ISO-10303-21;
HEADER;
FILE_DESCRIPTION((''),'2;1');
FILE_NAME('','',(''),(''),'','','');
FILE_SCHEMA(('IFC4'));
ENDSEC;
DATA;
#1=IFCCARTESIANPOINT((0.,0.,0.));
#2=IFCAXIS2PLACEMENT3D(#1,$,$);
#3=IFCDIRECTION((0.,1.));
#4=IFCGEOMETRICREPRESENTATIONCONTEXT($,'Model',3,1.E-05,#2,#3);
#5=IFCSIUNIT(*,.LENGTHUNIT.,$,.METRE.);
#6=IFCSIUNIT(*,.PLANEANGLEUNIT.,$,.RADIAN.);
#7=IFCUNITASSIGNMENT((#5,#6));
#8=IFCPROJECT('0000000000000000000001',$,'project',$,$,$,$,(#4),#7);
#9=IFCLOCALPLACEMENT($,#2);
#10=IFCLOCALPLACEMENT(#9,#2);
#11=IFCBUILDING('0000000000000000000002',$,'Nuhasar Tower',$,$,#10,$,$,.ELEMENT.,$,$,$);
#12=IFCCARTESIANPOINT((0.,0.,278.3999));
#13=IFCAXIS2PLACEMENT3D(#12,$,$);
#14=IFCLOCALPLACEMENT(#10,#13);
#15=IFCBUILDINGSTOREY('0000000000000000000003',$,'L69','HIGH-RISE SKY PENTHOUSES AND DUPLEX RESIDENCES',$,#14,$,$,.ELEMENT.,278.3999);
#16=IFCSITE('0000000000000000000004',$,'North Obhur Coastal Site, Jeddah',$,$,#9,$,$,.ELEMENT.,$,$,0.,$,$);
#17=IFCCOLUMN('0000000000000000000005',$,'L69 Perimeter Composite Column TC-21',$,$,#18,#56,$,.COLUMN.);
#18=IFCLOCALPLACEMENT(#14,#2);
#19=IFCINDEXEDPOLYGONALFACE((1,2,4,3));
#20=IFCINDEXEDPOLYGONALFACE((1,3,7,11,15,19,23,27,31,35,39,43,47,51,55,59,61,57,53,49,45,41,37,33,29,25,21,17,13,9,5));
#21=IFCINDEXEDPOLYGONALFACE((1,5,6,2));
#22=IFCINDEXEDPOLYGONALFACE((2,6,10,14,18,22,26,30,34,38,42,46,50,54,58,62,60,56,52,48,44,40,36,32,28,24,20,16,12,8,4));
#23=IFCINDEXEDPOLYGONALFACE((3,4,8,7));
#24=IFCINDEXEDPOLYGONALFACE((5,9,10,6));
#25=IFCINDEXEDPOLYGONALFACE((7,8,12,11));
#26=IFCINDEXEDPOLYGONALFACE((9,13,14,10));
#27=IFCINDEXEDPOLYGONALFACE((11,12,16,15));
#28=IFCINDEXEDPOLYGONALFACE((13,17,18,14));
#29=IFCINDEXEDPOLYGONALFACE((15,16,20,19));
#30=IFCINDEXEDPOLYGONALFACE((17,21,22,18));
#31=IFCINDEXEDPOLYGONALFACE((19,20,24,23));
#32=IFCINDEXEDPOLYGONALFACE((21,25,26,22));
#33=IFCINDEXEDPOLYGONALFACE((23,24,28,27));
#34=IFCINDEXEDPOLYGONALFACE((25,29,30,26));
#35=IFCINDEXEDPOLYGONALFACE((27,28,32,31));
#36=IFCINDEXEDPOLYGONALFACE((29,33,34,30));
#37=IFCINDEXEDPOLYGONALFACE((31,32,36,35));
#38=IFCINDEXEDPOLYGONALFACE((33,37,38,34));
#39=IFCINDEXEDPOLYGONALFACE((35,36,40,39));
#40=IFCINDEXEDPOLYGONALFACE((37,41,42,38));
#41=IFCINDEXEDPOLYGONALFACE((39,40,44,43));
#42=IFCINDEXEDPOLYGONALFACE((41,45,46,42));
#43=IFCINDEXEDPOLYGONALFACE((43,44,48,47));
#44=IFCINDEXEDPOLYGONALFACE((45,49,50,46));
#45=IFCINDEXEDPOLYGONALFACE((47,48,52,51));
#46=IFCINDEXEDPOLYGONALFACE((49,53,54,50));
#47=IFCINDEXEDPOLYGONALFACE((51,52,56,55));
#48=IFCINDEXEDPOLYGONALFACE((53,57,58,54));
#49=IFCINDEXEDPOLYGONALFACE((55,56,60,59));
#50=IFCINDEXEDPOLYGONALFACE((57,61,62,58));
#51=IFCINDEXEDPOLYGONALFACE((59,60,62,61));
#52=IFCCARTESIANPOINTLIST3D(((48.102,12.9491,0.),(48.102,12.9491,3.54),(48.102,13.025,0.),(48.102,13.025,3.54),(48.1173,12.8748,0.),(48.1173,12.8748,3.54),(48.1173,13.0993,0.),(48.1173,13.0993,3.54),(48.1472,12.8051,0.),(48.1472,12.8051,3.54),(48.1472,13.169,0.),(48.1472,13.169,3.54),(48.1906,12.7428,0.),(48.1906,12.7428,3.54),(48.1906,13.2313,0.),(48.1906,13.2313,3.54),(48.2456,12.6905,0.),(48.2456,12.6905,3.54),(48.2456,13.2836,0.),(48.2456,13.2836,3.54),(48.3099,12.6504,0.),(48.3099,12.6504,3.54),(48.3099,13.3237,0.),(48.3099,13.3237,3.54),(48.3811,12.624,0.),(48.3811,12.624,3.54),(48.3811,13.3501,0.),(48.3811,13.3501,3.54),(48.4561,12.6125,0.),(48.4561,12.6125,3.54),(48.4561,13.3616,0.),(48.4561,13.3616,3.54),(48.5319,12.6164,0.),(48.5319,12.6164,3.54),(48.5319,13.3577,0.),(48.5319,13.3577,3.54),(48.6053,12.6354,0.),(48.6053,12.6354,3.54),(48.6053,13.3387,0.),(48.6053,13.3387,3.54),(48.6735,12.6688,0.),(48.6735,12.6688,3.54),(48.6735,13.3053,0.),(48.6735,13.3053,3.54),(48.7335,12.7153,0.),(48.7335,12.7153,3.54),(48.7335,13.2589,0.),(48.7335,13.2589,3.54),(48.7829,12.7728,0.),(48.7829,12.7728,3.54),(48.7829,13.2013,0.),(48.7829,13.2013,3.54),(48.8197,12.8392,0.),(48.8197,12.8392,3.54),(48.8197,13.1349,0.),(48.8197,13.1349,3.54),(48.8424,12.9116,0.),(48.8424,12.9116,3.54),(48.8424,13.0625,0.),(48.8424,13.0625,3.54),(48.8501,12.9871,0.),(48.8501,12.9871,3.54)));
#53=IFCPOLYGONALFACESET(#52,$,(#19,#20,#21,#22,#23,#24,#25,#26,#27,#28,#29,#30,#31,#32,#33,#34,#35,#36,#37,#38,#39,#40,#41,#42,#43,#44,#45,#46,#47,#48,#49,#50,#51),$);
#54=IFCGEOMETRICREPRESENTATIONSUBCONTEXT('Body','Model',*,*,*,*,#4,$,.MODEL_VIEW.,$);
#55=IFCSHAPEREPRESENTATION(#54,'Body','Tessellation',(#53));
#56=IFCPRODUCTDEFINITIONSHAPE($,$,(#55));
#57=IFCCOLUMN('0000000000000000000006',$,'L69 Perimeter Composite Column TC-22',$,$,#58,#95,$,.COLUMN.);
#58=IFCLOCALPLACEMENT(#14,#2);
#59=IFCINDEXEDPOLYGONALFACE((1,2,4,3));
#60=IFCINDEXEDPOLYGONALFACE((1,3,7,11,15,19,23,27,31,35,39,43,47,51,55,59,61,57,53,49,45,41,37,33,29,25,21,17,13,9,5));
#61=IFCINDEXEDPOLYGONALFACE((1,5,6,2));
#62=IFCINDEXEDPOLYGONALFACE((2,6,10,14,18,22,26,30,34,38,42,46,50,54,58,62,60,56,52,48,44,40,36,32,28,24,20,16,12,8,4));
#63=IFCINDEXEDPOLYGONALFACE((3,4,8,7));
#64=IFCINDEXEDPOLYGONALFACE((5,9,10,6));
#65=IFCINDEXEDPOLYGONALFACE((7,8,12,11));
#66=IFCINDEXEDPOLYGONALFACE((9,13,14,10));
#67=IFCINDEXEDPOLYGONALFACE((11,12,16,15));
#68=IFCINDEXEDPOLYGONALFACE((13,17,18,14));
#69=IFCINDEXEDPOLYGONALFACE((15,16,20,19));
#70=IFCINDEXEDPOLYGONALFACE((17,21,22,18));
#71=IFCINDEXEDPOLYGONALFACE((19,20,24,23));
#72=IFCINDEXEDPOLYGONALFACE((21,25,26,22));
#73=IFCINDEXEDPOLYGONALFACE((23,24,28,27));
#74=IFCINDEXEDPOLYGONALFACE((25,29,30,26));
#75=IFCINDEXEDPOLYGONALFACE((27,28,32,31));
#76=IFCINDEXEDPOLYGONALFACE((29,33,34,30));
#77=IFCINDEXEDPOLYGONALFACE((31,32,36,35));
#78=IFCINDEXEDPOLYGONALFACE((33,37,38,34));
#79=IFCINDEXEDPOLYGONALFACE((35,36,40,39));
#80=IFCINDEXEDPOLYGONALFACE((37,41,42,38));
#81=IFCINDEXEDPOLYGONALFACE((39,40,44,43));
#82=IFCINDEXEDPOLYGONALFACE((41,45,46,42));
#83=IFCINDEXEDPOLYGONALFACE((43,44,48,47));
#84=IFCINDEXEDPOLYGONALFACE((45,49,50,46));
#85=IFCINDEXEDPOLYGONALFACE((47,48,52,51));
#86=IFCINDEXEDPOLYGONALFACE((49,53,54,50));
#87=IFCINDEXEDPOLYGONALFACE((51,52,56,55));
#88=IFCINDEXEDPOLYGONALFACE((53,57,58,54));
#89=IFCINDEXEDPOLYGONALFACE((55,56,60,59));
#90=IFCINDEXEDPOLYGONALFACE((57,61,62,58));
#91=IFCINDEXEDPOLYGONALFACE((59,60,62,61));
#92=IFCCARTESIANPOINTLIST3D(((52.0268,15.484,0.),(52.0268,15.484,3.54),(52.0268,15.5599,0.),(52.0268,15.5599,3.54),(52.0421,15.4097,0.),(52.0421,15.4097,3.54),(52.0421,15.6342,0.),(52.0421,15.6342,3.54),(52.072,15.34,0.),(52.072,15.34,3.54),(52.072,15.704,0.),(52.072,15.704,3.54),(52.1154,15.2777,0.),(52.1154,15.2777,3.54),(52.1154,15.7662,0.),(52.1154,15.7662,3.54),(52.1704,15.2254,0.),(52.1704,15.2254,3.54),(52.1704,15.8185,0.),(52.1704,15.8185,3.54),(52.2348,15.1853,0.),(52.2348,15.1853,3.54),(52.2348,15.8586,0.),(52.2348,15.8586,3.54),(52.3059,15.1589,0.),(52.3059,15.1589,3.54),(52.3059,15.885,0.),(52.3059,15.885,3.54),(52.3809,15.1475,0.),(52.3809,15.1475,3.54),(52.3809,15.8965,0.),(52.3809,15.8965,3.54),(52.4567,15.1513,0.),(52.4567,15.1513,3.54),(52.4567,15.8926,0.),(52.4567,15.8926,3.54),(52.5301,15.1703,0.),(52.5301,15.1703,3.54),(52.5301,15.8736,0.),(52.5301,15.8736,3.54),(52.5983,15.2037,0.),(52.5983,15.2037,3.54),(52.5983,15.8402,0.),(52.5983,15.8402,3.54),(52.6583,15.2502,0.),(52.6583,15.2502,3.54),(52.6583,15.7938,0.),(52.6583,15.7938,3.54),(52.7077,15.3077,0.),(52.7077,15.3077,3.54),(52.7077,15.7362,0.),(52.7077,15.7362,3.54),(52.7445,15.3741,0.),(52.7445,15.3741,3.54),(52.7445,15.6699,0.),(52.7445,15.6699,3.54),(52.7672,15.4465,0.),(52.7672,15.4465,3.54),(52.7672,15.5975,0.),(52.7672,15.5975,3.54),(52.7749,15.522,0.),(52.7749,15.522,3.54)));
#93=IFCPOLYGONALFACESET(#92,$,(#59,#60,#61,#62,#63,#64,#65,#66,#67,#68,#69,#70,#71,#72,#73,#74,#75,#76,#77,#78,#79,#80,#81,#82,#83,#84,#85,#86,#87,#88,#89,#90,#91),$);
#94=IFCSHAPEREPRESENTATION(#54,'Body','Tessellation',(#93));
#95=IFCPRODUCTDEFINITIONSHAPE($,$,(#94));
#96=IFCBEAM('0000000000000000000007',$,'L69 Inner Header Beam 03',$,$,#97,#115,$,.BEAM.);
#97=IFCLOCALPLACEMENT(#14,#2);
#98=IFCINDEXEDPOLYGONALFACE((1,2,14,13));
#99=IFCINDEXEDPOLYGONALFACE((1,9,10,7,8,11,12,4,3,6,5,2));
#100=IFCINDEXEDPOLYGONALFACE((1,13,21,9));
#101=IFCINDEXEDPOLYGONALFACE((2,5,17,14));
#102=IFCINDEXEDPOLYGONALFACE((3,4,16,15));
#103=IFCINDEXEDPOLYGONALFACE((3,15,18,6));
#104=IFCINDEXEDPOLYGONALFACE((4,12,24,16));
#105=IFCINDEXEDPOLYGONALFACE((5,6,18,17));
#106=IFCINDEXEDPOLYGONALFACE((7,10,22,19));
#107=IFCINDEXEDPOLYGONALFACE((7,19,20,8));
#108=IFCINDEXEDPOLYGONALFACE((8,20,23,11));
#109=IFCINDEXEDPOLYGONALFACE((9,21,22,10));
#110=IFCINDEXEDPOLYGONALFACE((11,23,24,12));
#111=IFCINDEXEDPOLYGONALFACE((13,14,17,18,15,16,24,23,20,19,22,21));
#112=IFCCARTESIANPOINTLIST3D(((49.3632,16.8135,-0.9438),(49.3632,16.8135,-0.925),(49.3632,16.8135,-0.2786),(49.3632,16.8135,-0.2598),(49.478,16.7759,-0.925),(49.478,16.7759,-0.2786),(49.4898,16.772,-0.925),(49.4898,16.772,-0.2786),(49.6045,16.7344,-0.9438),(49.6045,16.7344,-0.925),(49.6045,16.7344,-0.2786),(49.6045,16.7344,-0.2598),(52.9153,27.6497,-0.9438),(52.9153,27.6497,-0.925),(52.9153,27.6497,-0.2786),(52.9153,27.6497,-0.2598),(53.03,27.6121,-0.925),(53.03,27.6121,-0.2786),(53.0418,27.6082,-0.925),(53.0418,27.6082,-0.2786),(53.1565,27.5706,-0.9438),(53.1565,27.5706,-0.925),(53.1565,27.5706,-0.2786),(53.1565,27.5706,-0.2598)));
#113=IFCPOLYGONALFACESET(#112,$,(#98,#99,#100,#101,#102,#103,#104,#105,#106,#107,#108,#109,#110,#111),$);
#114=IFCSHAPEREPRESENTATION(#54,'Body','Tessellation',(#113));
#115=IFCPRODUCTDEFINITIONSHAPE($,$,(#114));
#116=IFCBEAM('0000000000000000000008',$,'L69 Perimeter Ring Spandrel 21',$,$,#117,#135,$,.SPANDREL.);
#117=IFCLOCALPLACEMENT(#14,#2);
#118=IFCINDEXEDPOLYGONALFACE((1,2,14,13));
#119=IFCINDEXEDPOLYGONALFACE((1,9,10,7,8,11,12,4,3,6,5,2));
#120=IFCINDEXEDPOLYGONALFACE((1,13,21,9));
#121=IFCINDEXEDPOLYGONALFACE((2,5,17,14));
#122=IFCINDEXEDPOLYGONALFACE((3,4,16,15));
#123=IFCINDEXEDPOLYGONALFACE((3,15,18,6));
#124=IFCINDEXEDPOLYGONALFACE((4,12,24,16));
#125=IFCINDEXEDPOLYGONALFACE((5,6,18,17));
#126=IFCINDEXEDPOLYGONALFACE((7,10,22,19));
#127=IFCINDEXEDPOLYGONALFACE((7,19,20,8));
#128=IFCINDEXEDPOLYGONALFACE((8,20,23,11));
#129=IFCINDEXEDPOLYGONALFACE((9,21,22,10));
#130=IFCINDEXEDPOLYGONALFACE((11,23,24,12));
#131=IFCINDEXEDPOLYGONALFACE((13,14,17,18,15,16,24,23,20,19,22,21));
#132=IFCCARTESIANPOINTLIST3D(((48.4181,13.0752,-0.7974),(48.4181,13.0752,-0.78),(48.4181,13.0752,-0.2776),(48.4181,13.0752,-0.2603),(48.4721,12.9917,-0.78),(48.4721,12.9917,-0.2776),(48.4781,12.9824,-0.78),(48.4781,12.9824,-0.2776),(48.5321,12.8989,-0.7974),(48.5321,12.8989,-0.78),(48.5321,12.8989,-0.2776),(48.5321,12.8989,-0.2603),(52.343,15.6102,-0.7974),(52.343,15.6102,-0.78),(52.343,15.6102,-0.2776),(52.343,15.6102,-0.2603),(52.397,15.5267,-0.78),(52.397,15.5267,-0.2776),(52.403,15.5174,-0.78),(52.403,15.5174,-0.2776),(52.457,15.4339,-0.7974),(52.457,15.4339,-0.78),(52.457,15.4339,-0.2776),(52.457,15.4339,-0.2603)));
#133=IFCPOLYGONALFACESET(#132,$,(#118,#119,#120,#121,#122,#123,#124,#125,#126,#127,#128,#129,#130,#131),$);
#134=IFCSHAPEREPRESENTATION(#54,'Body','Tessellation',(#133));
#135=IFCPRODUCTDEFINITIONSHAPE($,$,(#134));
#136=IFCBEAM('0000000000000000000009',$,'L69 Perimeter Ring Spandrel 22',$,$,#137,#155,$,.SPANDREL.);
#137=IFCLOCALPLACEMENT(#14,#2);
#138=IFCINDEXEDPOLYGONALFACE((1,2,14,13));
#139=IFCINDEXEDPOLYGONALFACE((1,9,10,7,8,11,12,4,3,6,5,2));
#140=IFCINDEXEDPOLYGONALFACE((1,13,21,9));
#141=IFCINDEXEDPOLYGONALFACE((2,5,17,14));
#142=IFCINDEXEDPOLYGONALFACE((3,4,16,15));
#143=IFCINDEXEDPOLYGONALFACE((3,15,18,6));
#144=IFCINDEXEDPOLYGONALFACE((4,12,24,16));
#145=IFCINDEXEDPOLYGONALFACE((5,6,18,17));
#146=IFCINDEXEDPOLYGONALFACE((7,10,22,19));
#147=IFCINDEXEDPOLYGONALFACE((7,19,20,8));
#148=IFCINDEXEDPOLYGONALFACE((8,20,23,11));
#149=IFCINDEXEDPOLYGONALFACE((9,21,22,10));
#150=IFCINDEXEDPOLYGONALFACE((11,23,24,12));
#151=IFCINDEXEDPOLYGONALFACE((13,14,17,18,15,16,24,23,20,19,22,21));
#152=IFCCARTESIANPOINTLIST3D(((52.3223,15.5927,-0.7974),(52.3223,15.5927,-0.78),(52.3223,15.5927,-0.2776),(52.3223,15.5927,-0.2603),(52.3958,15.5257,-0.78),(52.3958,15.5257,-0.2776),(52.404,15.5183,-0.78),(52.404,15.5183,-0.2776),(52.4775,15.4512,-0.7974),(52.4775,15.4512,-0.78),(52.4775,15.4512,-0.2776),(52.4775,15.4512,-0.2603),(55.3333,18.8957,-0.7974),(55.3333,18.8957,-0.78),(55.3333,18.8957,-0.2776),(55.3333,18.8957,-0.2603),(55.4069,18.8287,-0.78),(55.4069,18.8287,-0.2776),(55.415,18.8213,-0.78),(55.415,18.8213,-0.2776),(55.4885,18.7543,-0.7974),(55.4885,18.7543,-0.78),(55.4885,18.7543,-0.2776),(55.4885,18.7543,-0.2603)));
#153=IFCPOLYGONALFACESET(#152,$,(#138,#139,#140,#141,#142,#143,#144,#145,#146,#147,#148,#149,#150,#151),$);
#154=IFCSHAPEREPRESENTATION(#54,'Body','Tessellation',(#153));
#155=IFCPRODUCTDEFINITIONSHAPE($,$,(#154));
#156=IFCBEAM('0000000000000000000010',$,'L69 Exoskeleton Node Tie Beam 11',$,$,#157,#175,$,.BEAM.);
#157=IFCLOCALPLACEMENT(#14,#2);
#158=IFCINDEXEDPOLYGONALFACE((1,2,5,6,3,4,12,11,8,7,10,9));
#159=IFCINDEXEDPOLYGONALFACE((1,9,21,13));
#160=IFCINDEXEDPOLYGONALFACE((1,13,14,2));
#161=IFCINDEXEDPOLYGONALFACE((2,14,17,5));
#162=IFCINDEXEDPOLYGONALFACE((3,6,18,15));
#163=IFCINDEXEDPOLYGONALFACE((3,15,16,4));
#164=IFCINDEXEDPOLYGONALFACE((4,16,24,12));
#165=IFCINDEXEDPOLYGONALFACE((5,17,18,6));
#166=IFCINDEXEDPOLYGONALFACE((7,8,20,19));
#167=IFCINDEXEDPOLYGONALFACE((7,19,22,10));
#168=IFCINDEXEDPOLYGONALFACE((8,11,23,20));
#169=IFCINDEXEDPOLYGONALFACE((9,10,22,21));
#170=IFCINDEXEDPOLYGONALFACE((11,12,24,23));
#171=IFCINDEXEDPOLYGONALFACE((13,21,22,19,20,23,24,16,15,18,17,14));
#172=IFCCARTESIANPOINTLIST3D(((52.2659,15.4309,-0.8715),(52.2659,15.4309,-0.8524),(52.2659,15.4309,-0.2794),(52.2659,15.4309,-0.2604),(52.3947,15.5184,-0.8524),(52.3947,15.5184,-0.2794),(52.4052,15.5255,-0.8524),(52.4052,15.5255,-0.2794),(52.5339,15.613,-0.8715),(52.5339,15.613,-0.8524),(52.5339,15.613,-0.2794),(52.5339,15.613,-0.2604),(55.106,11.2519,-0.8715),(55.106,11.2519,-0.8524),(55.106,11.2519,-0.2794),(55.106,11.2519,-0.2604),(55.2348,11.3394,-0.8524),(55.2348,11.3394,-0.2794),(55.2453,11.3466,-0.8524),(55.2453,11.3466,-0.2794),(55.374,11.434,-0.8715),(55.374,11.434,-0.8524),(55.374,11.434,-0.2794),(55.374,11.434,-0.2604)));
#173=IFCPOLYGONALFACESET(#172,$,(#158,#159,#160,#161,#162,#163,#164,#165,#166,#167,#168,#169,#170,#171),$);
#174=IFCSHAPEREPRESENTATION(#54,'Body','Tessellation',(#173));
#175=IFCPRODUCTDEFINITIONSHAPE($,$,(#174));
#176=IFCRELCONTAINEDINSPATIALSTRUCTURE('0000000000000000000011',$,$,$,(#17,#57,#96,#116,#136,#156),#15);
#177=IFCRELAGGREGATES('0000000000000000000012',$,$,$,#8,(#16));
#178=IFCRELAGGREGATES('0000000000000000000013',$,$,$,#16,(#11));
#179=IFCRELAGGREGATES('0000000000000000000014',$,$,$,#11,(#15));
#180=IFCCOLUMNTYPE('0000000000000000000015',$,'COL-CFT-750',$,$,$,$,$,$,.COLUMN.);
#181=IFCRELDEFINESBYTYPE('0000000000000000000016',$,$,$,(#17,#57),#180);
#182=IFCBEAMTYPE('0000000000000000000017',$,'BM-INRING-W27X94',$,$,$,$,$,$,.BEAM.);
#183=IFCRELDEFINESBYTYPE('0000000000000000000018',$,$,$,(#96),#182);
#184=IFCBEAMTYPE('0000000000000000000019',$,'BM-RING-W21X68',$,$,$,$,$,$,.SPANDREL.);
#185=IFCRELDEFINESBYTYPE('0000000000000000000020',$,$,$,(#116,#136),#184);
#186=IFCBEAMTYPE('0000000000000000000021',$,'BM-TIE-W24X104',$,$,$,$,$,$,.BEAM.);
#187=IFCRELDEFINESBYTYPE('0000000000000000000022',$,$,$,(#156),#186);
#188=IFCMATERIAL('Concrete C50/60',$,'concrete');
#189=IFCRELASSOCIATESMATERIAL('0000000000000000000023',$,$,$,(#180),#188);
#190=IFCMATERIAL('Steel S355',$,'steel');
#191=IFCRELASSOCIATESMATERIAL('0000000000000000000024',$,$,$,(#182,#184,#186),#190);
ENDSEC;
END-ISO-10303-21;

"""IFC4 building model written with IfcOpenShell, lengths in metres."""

from ifc_helpers import new_model, si_unit, direction, frame, origin, origin_2d, place, context, subcontext, project, spatial, circle, i_section, extrude, material, material_profile, profile_set, type_object, element, save


model = new_model("IFC4")

# Units and contexts
model_context = context("Model", 3, precision=1e-05, world=origin(), true_north=direction((0.0, 1.0)))
body_context = subcontext(model_context, "Body", "Model", "MODEL_VIEW")
ifc_project = project(units=[si_unit("LENGTHUNIT", "METRE"), si_unit("PLANEANGLEUNIT", "RADIAN")], contexts=[model_context])

# Site, building, storey
site_placement = place(None, origin())
site = spatial("IfcSite", under=ifc_project, at=site_placement, Name="North Obhur Coastal Site, Jeddah", CompositionType="ELEMENT", RefElevation=0.0)
building_placement = place(site_placement, origin())
building = spatial("IfcBuilding", under=site, at=building_placement, Name="Nuhasar Tower", CompositionType="ELEMENT")
storey_placement = place(building_placement, frame((0.0, 0.0, 278.3999)))
storey = spatial("IfcBuildingStorey", under=building, at=storey_placement, Name="L69", Description="HIGH-RISE SKY PENTHOUSES AND DUPLEX RESIDENCES", CompositionType="ELEMENT", Elevation=278.3999)

# Columns
ifc_material_1 = material(Name="Concrete C50/60", Category="concrete")
ifc_material_profile_1 = material_profile(ifc_material_1, circle(Radius=0.375, at=origin_2d()), Name="CFT750")
ifc_profile_set_1 = profile_set([ifc_material_profile_1], Name="Concrete C50/60")
column_type = type_object("IfcColumnType", Name="COL-CFT-750", PredefinedType="COLUMN", material=ifc_profile_set_1)
for number, where, z_axis, x_axis, name in (
    (1, (48.4751, 12.9871, 0.0), (0.0, 0.0, 1.0), (1.0, 0.0, 0.0), "L69 Perimeter Composite Column TC-21"),
    (2, (52.3999, 15.522, 0.0), (0.0, 0.0, 1.0), (1.0, 0.0, 0.0), "L69 Perimeter Composite Column TC-22"),
):
    element("IfcColumn", number, at=place(storey_placement, frame(where, z_axis=z_axis, x_axis=x_axis)), inside=storey, type_object=column_type, Name=name, PredefinedType="COLUMN", context=body_context, shape_type="SweptSolid", body=[
        extrude(circle(Radius=0.375, at=origin_2d()), origin(), (0.0, 0.0, 1.0), 3.54),
    ])

# Beams
ifc_material_2 = material(Name="Steel S355", Category="steel")
ifc_material_profile_2 = material_profile(ifc_material_2, i_section(OverallWidth=0.2539, OverallDepth=0.6841, WebThickness=0.0125, FlangeThickness=0.0188, at=origin_2d()), Name="W27X94")
ifc_profile_set_2 = profile_set([ifc_material_profile_2], Name="Steel S355")
beam_type_1 = type_object("IfcBeamType", Name="BM-INRING-W27X94", PredefinedType="BEAM", material=ifc_profile_set_2)
beam_1_placement = place(storey_placement, frame((49.4839, 16.7739, -0.6018), z_axis=(0.311484, 0.950251, 0.0), x_axis=(-0.950251, 0.311484, 0.0)))
element("IfcBeam", 3, at=beam_1_placement, inside=storey, type_object=beam_type_1, Name="L69 Inner Header Beam 03", PredefinedType="BEAM", context=body_context, shape_type="SweptSolid", body=[
    extrude(i_section(OverallWidth=0.2539, OverallDepth=0.6841, WebThickness=0.0125, FlangeThickness=0.0188, at=origin_2d()), origin(), (0.0, 0.0, 1.0), 11.4036),
])
ifc_material_profile_3 = material_profile(ifc_material_2, i_section(OverallWidth=0.21, OverallDepth=0.5371, WebThickness=0.011, FlangeThickness=0.0173, at=origin_2d()), Name="W21X68")
ifc_profile_set_3 = profile_set([ifc_material_profile_3], Name="Steel S355")
beam_type_2 = type_object("IfcBeamType", Name="BM-RING-W21X68", PredefinedType="SPANDREL", material=ifc_profile_set_3)
beam_2_placement = place(storey_placement, frame((48.4751, 12.9871, -0.5288), z_axis=(0.840025, 0.542547, 0.0), x_axis=(-0.542547, 0.840025, 0.0)))
element("IfcBeam", 4, at=beam_2_placement, inside=storey, type_object=beam_type_2, Name="L69 Perimeter Ring Spandrel 21", PredefinedType="SPANDREL", context=body_context, shape_type="SweptSolid", body=[
    extrude(i_section(OverallWidth=0.21, OverallDepth=0.5371, WebThickness=0.011, FlangeThickness=0.0173, at=origin_2d()), origin(), (0.0, 0.0, 1.0), 4.6724),
])
beam_3_placement = place(storey_placement, frame((52.3999, 15.522, -0.5288), z_axis=(0.673686, 0.739017, 0.0), x_axis=(-0.739017, 0.673686, 0.0)))
element("IfcBeam", 5, at=beam_3_placement, inside=storey, type_object=beam_type_2, Name="L69 Perimeter Ring Spandrel 22", PredefinedType="SPANDREL", context=body_context, shape_type="SweptSolid", body=[
    extrude(i_section(OverallWidth=0.21, OverallDepth=0.5371, WebThickness=0.011, FlangeThickness=0.0173, at=origin_2d()), origin(), (0.0, 0.0, 1.0), 4.4695),
])
ifc_material_profile_4 = material_profile(ifc_material_2, i_section(OverallWidth=0.324, OverallDepth=0.6111, WebThickness=0.0127, FlangeThickness=0.019, at=origin_2d()), Name="W24X104")
ifc_profile_set_4 = profile_set([ifc_material_profile_4], Name="Steel S355")
beam_type_3 = type_object("IfcBeamType", Name="BM-TIE-W24X104", PredefinedType="BEAM", material=ifc_profile_set_4)
beam_4_placement = place(storey_placement, frame((52.3999, 15.522, -0.5659), z_axis=(0.562093, -0.827074, 0.0), x_axis=(0.827074, 0.562093, 0.0)))
element("IfcBeam", 6, at=beam_4_placement, inside=storey, type_object=beam_type_3, Name="L69 Exoskeleton Node Tie Beam 11", PredefinedType="BEAM", context=body_context, shape_type="SweptSolid", body=[
    extrude(i_section(OverallWidth=0.324, OverallDepth=0.6111, WebThickness=0.0127, FlangeThickness=0.019, at=origin_2d()), origin(), (0.0, 0.0, 1.0), 5.0527),
])

save(model, "model.ifc")
